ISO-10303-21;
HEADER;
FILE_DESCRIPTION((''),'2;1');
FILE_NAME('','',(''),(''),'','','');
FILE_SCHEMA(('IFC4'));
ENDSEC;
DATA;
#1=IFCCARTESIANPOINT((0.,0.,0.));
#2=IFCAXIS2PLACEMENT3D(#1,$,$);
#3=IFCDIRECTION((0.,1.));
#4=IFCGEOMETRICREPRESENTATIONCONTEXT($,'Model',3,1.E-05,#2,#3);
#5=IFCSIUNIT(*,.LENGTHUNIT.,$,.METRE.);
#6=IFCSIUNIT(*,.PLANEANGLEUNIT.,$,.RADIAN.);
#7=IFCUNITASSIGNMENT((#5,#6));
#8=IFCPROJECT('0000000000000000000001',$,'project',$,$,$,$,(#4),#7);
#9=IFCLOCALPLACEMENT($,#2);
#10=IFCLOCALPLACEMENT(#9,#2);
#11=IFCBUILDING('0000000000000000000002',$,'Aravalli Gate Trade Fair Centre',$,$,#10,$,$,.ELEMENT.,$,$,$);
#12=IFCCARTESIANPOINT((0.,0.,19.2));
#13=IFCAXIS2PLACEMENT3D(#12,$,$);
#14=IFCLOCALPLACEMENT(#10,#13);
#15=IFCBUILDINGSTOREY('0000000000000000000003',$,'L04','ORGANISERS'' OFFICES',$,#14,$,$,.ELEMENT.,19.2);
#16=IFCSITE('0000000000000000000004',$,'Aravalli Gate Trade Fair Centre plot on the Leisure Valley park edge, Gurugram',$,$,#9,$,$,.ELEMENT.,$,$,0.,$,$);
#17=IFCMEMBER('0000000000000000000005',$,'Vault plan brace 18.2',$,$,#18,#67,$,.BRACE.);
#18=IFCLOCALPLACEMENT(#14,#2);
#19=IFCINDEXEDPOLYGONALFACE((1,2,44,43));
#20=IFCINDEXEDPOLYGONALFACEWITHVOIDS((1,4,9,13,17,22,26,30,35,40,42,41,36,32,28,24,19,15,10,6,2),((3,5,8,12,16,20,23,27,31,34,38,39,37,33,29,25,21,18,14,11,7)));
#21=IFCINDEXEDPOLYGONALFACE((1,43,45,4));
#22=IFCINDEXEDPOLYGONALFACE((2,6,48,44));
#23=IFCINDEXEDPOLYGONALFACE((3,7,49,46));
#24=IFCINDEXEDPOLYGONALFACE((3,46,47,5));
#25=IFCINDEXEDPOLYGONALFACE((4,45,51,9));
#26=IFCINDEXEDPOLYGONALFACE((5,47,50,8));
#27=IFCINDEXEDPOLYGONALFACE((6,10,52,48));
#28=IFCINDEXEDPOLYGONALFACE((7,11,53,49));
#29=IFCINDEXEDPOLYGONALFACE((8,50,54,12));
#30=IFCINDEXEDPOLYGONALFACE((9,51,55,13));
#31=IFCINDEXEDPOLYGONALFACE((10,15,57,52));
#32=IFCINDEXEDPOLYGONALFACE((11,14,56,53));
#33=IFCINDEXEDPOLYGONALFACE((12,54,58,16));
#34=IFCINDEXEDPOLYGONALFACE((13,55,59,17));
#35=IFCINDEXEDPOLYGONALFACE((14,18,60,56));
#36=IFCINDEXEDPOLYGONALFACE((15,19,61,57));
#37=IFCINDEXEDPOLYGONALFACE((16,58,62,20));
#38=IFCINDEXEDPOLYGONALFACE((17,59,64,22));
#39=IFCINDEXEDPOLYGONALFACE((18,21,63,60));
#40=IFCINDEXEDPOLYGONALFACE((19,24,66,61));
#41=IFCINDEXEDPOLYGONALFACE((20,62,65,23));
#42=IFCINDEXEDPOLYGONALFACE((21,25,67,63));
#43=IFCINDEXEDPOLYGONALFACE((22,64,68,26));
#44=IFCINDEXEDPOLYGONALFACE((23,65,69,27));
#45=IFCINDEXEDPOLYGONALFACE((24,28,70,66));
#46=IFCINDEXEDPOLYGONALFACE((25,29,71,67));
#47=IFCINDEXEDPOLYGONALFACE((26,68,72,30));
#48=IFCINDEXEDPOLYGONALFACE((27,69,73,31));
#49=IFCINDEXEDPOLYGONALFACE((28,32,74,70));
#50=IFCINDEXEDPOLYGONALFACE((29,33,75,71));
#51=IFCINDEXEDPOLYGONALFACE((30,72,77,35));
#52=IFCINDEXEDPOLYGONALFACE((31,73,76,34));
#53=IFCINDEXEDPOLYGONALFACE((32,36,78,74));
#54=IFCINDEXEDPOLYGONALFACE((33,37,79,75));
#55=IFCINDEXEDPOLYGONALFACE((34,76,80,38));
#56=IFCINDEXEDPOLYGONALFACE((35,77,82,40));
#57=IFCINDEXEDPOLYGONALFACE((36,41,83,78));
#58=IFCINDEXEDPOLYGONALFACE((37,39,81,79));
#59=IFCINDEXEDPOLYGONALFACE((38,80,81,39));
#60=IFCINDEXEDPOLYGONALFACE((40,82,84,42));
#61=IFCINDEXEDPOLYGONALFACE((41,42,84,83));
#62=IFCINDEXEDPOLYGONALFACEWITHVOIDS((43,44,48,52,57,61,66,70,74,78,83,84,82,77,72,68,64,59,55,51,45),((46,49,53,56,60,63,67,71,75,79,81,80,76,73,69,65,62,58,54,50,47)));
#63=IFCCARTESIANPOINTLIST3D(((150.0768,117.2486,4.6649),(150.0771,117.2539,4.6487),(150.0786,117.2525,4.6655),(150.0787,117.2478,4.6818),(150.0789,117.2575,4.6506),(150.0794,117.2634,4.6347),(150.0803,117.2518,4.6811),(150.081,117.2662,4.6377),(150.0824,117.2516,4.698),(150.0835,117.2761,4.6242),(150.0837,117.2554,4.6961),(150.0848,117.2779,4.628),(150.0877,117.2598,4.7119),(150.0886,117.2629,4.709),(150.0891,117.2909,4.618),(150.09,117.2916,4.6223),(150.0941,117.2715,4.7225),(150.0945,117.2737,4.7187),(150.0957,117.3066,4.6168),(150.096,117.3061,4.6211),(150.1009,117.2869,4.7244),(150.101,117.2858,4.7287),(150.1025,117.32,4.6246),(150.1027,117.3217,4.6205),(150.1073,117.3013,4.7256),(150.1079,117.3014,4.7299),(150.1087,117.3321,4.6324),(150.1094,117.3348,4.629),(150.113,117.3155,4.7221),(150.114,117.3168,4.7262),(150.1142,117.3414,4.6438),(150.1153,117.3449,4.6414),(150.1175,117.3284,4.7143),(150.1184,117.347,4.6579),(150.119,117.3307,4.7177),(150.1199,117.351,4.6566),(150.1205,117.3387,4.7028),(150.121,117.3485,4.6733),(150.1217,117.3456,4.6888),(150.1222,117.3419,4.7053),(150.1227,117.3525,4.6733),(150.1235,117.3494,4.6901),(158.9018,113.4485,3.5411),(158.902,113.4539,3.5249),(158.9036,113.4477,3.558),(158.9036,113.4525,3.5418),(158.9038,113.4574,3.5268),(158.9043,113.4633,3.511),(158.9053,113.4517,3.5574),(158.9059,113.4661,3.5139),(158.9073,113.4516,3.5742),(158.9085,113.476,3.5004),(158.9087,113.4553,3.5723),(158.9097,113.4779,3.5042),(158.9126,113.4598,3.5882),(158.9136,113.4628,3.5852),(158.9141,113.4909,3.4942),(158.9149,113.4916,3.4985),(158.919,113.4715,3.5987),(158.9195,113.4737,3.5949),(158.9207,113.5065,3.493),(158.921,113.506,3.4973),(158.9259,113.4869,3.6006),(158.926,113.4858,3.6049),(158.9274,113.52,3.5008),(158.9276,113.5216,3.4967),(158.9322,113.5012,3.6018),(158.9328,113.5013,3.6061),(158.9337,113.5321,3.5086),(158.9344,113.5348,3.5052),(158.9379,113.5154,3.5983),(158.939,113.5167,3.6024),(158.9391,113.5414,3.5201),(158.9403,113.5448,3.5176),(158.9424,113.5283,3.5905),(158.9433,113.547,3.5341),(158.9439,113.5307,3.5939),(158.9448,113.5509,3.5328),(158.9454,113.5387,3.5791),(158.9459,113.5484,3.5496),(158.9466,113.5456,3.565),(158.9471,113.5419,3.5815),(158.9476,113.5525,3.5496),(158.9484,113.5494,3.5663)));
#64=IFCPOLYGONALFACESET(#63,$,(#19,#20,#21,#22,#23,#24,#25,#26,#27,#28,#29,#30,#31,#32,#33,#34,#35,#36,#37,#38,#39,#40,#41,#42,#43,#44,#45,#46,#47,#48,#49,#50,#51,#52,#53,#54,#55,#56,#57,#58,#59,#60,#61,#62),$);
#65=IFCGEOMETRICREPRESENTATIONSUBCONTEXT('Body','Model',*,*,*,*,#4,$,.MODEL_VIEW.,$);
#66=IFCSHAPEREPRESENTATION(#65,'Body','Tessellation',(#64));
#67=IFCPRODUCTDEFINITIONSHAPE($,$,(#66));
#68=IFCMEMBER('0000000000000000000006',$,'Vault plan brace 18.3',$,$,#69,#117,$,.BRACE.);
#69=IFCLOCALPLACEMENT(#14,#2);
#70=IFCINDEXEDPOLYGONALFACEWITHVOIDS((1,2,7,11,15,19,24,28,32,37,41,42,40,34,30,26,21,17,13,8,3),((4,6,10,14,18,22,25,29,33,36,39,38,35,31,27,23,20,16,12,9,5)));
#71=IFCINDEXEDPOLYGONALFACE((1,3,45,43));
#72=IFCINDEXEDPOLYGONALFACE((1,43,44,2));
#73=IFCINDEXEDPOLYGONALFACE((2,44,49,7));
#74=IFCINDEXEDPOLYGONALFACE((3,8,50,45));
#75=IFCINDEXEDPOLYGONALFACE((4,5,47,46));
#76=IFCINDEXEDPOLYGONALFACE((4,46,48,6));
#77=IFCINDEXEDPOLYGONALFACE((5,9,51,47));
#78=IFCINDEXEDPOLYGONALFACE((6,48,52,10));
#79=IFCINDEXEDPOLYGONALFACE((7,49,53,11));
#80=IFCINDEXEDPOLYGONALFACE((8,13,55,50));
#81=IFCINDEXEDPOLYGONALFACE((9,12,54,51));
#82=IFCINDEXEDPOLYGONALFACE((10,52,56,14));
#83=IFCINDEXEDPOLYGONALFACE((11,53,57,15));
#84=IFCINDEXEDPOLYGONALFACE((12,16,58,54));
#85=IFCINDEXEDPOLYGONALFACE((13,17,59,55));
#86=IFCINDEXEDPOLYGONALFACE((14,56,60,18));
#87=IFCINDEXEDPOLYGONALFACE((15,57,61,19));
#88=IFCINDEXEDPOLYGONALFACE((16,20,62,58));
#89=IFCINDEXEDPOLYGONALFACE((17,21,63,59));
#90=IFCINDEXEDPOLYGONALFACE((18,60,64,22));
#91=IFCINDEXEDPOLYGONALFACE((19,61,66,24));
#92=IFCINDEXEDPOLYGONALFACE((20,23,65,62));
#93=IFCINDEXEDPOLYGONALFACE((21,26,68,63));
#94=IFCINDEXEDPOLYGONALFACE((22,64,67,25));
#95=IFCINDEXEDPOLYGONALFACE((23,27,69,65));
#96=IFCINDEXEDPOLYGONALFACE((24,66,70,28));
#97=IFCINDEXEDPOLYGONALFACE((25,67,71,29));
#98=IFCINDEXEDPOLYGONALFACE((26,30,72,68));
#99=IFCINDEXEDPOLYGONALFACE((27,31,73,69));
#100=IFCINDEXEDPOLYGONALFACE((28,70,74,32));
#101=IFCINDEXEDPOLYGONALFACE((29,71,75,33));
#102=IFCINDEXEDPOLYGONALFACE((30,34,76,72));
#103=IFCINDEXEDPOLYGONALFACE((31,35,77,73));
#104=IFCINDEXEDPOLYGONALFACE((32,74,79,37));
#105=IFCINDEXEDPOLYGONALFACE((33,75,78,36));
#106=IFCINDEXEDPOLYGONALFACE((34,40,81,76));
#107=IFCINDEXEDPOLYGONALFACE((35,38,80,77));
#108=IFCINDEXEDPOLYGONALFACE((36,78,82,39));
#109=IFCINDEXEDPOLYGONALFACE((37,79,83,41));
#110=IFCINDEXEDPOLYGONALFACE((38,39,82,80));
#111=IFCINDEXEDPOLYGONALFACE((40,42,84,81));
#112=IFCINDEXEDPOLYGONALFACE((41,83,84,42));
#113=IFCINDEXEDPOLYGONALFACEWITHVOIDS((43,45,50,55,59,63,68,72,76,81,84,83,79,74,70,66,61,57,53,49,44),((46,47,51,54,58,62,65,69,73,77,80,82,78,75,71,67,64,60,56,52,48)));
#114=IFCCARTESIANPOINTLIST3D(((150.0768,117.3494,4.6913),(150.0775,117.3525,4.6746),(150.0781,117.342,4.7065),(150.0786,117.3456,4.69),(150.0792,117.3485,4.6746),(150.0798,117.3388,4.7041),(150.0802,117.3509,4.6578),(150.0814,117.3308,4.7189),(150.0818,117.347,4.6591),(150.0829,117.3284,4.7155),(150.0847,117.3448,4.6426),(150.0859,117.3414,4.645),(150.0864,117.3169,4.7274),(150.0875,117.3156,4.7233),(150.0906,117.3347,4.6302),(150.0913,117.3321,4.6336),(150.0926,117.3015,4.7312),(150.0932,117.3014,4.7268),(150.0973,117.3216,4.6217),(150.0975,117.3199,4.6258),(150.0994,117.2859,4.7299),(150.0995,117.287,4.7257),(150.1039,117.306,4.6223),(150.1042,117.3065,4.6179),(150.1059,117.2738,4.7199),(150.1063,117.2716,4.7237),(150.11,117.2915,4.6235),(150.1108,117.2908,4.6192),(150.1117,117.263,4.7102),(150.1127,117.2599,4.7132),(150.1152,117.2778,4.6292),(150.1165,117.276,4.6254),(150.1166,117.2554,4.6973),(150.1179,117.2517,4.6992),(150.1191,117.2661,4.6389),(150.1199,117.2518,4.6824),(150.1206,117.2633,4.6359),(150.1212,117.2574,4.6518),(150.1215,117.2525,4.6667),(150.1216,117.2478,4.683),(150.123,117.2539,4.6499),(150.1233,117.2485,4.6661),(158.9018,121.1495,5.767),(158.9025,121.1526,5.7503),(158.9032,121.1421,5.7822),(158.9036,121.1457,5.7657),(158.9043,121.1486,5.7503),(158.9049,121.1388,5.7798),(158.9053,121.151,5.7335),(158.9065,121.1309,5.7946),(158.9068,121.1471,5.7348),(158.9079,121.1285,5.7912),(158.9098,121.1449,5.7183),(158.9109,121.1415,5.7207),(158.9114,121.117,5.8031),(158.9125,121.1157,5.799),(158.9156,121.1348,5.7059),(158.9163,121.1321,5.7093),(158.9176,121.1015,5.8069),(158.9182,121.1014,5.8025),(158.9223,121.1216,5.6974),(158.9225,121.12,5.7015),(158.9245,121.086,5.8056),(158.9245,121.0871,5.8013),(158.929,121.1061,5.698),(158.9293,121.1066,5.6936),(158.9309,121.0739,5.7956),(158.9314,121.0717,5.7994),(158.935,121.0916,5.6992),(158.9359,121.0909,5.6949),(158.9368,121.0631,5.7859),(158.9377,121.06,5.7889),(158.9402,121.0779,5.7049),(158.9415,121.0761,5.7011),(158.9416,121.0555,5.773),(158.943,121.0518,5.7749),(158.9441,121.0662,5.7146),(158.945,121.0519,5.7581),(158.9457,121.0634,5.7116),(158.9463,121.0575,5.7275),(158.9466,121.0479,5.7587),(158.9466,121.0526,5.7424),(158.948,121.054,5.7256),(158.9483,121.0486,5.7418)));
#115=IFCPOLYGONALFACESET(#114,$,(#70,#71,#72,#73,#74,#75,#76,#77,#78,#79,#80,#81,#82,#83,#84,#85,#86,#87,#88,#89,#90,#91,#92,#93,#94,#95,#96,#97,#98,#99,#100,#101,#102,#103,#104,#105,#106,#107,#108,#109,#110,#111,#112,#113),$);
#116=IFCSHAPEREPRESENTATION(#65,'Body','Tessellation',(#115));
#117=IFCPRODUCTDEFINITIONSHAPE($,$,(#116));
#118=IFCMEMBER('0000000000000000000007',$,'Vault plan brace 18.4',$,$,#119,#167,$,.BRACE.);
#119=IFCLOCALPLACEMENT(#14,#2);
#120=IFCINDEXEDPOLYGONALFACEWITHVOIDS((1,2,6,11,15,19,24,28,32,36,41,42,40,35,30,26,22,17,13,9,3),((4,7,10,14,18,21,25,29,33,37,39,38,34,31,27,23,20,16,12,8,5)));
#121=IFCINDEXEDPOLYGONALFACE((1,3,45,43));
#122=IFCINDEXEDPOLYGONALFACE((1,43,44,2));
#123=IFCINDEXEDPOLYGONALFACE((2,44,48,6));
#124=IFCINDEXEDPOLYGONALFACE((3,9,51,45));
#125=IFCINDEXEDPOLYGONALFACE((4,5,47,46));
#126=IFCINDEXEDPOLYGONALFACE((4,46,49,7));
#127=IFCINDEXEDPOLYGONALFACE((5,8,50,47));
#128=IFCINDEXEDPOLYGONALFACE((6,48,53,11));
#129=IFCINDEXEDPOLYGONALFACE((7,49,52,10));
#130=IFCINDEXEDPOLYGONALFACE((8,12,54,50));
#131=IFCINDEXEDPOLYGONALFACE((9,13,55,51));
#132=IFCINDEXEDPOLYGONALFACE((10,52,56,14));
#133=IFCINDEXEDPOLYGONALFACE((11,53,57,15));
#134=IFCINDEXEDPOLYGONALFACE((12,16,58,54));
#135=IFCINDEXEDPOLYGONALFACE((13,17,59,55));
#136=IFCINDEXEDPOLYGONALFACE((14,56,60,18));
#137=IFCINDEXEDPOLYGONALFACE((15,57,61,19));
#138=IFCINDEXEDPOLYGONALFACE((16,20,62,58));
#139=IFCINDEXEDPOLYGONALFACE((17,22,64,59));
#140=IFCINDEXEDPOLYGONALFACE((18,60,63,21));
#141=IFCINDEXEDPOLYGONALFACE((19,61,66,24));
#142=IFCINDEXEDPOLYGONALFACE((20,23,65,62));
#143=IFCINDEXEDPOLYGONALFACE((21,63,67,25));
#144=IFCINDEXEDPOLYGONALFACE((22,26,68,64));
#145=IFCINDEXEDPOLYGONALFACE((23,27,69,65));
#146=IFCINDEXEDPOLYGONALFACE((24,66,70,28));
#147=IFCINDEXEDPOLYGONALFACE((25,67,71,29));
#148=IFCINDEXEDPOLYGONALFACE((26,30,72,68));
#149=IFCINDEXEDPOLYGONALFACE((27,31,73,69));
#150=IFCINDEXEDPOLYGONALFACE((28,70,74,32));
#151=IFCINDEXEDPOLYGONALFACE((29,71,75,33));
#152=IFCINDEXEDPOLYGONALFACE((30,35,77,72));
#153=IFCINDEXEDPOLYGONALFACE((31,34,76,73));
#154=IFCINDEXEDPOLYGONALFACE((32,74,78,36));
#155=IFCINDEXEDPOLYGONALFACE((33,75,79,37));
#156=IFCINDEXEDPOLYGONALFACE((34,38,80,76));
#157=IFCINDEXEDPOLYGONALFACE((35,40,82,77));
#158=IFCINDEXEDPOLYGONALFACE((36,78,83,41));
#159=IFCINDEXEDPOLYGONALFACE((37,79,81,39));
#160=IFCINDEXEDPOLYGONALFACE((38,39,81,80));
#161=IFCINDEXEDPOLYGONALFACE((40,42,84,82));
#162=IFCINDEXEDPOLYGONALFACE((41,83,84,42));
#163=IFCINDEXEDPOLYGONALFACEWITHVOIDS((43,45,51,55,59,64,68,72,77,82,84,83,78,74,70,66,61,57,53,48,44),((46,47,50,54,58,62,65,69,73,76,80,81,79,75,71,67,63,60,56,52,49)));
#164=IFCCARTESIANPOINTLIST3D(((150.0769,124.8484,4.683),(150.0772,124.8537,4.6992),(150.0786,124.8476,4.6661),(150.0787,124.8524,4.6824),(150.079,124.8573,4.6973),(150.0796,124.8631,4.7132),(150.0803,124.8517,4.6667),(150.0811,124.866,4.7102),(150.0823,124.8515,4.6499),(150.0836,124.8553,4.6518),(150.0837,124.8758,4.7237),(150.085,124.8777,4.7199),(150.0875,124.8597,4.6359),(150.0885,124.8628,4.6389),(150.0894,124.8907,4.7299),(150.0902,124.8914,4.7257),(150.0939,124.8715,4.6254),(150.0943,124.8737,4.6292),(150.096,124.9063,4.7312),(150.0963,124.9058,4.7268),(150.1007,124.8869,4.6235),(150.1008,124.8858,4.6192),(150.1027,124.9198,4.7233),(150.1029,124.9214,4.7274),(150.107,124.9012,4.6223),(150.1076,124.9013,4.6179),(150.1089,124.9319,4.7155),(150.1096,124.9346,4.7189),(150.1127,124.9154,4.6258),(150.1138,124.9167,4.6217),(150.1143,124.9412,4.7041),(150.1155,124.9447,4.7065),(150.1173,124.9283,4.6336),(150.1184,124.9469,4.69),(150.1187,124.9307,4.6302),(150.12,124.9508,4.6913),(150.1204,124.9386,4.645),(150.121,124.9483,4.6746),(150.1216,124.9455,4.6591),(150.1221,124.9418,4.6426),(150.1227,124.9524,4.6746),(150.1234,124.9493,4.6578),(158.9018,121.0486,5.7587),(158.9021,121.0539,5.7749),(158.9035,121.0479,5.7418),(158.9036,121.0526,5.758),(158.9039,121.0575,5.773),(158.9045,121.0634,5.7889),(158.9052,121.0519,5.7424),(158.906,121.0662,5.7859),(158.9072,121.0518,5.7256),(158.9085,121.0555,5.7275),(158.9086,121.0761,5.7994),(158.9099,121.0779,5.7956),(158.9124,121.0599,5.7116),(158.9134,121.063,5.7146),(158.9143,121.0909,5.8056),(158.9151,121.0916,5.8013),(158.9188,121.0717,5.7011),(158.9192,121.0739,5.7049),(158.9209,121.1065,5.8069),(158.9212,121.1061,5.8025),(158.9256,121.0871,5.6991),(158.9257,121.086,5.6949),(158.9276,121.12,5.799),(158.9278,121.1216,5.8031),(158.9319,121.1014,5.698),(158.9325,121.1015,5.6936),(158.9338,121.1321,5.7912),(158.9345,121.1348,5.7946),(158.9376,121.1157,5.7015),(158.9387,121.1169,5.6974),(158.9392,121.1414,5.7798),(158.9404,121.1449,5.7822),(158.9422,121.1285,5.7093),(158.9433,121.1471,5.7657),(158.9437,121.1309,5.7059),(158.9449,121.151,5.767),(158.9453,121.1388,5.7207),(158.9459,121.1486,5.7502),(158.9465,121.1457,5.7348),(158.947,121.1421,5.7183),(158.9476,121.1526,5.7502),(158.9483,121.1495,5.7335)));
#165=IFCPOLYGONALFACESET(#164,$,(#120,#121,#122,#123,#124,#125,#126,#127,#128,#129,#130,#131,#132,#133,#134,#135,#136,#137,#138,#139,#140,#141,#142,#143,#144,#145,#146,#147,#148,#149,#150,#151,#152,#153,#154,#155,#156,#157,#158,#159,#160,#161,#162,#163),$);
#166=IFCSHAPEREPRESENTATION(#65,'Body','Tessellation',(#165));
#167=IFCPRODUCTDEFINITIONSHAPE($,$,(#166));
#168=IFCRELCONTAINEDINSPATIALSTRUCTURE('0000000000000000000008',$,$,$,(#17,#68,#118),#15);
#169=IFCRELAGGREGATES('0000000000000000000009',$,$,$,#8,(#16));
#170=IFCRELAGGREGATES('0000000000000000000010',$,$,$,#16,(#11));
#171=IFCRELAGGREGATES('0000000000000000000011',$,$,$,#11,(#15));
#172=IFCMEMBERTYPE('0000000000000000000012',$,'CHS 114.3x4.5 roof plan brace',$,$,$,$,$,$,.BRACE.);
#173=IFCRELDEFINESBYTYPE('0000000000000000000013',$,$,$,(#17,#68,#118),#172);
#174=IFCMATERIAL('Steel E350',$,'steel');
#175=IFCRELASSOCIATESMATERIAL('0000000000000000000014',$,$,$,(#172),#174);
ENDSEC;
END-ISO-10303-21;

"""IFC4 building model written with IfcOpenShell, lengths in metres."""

from ifc_helpers import new_model, si_unit, direction, frame, origin, origin_2d, place, context, subcontext, project, spatial, hollow_circle, extrude, material, material_profile, profile_set, type_object, element, save


model = new_model("IFC4")

# Units and contexts
model_context = context("Model", 3, precision=1e-05, world=origin(), true_north=direction((0.0, 1.0)))
body_context = subcontext(model_context, "Body", "Model", "MODEL_VIEW")
ifc_project = project(units=[si_unit("LENGTHUNIT", "METRE"), si_unit("PLANEANGLEUNIT", "RADIAN")], contexts=[model_context])

# Site, building, storey
site_placement = place(None, origin())
site = spatial("IfcSite", under=ifc_project, at=site_placement, Name="Aravalli Gate Trade Fair Centre plot on the Leisure Valley park edge, Gurugram", CompositionType="ELEMENT", RefElevation=0.0)
building_placement = place(site_placement, origin())
building = spatial("IfcBuilding", under=site, at=building_placement, Name="Aravalli Gate Trade Fair Centre", CompositionType="ELEMENT")
storey_placement = place(building_placement, frame((0.0, 0.0, 19.2)))
storey = spatial("IfcBuildingStorey", under=building, at=storey_placement, Name="L04", Description="ORGANISERS' OFFICES", CompositionType="ELEMENT", Elevation=19.2)

# Members
ifc_material_1 = material(Name="Steel E350", Category="steel")
ifc_material_profile_1 = material_profile(ifc_material_1, hollow_circle(Radius=0.0571, WallThickness=0.0044, at=origin_2d()), Name="CHS 114.3x4.5")
ifc_profile_set_1 = profile_set([ifc_material_profile_1], Name="Steel E350")
member_type_1 = type_object("IfcMemberType", Name="CHS 114.3x4.5 roof plan brace", PredefinedType="BRACE", material=ifc_profile_set_1)
member_1_placement = place(storey_placement, frame((150.1001, 117.3, 4.6733), z_axis=(0.91225, -0.392817, -0.116167), x_axis=(0.395495, 0.918468, 0.0)))
element("IfcMember", 1, at=member_1_placement, inside=storey, type_object=member_type_1, Name="Vault plan brace 18.2", PredefinedType="BRACE", context=body_context, shape_type="SweptSolid", body=[
    extrude(hollow_circle(Radius=0.0571, WallThickness=0.0044, at=origin_2d()), origin(), (0.0, 0.0, 1.0), 9.6738),
])
member_2_placement = place(storey_placement, frame((150.1001, 117.3, 4.6746), z_axis=(0.912766, 0.39304, 0.111258), x_axis=(-0.395495, 0.918468, 0.0)))
element("IfcMember", 2, at=member_2_placement, inside=storey, type_object=member_type_1, Name="Vault plan brace 18.3", PredefinedType="BRACE", context=body_context, shape_type="SweptSolid", body=[
    extrude(hollow_circle(Radius=0.0571, WallThickness=0.0044, at=origin_2d()), origin(), (0.0, 0.0, 1.0), 9.6685),
])
member_3_placement = place(storey_placement, frame((150.1001, 124.8999, 4.6746), z_axis=(0.912775, -0.393018, 0.111259), x_axis=(0.395474, 0.918477, 0.0)))
element("IfcMember", 3, at=member_3_placement, inside=storey, type_object=member_type_1, Name="Vault plan brace 18.4", PredefinedType="BRACE", context=body_context, shape_type="SweptSolid", body=[
    extrude(hollow_circle(Radius=0.0571, WallThickness=0.0044, at=origin_2d()), origin(), (0.0, 0.0, 1.0), 9.6682),
])

save(model, "model.ifc")
